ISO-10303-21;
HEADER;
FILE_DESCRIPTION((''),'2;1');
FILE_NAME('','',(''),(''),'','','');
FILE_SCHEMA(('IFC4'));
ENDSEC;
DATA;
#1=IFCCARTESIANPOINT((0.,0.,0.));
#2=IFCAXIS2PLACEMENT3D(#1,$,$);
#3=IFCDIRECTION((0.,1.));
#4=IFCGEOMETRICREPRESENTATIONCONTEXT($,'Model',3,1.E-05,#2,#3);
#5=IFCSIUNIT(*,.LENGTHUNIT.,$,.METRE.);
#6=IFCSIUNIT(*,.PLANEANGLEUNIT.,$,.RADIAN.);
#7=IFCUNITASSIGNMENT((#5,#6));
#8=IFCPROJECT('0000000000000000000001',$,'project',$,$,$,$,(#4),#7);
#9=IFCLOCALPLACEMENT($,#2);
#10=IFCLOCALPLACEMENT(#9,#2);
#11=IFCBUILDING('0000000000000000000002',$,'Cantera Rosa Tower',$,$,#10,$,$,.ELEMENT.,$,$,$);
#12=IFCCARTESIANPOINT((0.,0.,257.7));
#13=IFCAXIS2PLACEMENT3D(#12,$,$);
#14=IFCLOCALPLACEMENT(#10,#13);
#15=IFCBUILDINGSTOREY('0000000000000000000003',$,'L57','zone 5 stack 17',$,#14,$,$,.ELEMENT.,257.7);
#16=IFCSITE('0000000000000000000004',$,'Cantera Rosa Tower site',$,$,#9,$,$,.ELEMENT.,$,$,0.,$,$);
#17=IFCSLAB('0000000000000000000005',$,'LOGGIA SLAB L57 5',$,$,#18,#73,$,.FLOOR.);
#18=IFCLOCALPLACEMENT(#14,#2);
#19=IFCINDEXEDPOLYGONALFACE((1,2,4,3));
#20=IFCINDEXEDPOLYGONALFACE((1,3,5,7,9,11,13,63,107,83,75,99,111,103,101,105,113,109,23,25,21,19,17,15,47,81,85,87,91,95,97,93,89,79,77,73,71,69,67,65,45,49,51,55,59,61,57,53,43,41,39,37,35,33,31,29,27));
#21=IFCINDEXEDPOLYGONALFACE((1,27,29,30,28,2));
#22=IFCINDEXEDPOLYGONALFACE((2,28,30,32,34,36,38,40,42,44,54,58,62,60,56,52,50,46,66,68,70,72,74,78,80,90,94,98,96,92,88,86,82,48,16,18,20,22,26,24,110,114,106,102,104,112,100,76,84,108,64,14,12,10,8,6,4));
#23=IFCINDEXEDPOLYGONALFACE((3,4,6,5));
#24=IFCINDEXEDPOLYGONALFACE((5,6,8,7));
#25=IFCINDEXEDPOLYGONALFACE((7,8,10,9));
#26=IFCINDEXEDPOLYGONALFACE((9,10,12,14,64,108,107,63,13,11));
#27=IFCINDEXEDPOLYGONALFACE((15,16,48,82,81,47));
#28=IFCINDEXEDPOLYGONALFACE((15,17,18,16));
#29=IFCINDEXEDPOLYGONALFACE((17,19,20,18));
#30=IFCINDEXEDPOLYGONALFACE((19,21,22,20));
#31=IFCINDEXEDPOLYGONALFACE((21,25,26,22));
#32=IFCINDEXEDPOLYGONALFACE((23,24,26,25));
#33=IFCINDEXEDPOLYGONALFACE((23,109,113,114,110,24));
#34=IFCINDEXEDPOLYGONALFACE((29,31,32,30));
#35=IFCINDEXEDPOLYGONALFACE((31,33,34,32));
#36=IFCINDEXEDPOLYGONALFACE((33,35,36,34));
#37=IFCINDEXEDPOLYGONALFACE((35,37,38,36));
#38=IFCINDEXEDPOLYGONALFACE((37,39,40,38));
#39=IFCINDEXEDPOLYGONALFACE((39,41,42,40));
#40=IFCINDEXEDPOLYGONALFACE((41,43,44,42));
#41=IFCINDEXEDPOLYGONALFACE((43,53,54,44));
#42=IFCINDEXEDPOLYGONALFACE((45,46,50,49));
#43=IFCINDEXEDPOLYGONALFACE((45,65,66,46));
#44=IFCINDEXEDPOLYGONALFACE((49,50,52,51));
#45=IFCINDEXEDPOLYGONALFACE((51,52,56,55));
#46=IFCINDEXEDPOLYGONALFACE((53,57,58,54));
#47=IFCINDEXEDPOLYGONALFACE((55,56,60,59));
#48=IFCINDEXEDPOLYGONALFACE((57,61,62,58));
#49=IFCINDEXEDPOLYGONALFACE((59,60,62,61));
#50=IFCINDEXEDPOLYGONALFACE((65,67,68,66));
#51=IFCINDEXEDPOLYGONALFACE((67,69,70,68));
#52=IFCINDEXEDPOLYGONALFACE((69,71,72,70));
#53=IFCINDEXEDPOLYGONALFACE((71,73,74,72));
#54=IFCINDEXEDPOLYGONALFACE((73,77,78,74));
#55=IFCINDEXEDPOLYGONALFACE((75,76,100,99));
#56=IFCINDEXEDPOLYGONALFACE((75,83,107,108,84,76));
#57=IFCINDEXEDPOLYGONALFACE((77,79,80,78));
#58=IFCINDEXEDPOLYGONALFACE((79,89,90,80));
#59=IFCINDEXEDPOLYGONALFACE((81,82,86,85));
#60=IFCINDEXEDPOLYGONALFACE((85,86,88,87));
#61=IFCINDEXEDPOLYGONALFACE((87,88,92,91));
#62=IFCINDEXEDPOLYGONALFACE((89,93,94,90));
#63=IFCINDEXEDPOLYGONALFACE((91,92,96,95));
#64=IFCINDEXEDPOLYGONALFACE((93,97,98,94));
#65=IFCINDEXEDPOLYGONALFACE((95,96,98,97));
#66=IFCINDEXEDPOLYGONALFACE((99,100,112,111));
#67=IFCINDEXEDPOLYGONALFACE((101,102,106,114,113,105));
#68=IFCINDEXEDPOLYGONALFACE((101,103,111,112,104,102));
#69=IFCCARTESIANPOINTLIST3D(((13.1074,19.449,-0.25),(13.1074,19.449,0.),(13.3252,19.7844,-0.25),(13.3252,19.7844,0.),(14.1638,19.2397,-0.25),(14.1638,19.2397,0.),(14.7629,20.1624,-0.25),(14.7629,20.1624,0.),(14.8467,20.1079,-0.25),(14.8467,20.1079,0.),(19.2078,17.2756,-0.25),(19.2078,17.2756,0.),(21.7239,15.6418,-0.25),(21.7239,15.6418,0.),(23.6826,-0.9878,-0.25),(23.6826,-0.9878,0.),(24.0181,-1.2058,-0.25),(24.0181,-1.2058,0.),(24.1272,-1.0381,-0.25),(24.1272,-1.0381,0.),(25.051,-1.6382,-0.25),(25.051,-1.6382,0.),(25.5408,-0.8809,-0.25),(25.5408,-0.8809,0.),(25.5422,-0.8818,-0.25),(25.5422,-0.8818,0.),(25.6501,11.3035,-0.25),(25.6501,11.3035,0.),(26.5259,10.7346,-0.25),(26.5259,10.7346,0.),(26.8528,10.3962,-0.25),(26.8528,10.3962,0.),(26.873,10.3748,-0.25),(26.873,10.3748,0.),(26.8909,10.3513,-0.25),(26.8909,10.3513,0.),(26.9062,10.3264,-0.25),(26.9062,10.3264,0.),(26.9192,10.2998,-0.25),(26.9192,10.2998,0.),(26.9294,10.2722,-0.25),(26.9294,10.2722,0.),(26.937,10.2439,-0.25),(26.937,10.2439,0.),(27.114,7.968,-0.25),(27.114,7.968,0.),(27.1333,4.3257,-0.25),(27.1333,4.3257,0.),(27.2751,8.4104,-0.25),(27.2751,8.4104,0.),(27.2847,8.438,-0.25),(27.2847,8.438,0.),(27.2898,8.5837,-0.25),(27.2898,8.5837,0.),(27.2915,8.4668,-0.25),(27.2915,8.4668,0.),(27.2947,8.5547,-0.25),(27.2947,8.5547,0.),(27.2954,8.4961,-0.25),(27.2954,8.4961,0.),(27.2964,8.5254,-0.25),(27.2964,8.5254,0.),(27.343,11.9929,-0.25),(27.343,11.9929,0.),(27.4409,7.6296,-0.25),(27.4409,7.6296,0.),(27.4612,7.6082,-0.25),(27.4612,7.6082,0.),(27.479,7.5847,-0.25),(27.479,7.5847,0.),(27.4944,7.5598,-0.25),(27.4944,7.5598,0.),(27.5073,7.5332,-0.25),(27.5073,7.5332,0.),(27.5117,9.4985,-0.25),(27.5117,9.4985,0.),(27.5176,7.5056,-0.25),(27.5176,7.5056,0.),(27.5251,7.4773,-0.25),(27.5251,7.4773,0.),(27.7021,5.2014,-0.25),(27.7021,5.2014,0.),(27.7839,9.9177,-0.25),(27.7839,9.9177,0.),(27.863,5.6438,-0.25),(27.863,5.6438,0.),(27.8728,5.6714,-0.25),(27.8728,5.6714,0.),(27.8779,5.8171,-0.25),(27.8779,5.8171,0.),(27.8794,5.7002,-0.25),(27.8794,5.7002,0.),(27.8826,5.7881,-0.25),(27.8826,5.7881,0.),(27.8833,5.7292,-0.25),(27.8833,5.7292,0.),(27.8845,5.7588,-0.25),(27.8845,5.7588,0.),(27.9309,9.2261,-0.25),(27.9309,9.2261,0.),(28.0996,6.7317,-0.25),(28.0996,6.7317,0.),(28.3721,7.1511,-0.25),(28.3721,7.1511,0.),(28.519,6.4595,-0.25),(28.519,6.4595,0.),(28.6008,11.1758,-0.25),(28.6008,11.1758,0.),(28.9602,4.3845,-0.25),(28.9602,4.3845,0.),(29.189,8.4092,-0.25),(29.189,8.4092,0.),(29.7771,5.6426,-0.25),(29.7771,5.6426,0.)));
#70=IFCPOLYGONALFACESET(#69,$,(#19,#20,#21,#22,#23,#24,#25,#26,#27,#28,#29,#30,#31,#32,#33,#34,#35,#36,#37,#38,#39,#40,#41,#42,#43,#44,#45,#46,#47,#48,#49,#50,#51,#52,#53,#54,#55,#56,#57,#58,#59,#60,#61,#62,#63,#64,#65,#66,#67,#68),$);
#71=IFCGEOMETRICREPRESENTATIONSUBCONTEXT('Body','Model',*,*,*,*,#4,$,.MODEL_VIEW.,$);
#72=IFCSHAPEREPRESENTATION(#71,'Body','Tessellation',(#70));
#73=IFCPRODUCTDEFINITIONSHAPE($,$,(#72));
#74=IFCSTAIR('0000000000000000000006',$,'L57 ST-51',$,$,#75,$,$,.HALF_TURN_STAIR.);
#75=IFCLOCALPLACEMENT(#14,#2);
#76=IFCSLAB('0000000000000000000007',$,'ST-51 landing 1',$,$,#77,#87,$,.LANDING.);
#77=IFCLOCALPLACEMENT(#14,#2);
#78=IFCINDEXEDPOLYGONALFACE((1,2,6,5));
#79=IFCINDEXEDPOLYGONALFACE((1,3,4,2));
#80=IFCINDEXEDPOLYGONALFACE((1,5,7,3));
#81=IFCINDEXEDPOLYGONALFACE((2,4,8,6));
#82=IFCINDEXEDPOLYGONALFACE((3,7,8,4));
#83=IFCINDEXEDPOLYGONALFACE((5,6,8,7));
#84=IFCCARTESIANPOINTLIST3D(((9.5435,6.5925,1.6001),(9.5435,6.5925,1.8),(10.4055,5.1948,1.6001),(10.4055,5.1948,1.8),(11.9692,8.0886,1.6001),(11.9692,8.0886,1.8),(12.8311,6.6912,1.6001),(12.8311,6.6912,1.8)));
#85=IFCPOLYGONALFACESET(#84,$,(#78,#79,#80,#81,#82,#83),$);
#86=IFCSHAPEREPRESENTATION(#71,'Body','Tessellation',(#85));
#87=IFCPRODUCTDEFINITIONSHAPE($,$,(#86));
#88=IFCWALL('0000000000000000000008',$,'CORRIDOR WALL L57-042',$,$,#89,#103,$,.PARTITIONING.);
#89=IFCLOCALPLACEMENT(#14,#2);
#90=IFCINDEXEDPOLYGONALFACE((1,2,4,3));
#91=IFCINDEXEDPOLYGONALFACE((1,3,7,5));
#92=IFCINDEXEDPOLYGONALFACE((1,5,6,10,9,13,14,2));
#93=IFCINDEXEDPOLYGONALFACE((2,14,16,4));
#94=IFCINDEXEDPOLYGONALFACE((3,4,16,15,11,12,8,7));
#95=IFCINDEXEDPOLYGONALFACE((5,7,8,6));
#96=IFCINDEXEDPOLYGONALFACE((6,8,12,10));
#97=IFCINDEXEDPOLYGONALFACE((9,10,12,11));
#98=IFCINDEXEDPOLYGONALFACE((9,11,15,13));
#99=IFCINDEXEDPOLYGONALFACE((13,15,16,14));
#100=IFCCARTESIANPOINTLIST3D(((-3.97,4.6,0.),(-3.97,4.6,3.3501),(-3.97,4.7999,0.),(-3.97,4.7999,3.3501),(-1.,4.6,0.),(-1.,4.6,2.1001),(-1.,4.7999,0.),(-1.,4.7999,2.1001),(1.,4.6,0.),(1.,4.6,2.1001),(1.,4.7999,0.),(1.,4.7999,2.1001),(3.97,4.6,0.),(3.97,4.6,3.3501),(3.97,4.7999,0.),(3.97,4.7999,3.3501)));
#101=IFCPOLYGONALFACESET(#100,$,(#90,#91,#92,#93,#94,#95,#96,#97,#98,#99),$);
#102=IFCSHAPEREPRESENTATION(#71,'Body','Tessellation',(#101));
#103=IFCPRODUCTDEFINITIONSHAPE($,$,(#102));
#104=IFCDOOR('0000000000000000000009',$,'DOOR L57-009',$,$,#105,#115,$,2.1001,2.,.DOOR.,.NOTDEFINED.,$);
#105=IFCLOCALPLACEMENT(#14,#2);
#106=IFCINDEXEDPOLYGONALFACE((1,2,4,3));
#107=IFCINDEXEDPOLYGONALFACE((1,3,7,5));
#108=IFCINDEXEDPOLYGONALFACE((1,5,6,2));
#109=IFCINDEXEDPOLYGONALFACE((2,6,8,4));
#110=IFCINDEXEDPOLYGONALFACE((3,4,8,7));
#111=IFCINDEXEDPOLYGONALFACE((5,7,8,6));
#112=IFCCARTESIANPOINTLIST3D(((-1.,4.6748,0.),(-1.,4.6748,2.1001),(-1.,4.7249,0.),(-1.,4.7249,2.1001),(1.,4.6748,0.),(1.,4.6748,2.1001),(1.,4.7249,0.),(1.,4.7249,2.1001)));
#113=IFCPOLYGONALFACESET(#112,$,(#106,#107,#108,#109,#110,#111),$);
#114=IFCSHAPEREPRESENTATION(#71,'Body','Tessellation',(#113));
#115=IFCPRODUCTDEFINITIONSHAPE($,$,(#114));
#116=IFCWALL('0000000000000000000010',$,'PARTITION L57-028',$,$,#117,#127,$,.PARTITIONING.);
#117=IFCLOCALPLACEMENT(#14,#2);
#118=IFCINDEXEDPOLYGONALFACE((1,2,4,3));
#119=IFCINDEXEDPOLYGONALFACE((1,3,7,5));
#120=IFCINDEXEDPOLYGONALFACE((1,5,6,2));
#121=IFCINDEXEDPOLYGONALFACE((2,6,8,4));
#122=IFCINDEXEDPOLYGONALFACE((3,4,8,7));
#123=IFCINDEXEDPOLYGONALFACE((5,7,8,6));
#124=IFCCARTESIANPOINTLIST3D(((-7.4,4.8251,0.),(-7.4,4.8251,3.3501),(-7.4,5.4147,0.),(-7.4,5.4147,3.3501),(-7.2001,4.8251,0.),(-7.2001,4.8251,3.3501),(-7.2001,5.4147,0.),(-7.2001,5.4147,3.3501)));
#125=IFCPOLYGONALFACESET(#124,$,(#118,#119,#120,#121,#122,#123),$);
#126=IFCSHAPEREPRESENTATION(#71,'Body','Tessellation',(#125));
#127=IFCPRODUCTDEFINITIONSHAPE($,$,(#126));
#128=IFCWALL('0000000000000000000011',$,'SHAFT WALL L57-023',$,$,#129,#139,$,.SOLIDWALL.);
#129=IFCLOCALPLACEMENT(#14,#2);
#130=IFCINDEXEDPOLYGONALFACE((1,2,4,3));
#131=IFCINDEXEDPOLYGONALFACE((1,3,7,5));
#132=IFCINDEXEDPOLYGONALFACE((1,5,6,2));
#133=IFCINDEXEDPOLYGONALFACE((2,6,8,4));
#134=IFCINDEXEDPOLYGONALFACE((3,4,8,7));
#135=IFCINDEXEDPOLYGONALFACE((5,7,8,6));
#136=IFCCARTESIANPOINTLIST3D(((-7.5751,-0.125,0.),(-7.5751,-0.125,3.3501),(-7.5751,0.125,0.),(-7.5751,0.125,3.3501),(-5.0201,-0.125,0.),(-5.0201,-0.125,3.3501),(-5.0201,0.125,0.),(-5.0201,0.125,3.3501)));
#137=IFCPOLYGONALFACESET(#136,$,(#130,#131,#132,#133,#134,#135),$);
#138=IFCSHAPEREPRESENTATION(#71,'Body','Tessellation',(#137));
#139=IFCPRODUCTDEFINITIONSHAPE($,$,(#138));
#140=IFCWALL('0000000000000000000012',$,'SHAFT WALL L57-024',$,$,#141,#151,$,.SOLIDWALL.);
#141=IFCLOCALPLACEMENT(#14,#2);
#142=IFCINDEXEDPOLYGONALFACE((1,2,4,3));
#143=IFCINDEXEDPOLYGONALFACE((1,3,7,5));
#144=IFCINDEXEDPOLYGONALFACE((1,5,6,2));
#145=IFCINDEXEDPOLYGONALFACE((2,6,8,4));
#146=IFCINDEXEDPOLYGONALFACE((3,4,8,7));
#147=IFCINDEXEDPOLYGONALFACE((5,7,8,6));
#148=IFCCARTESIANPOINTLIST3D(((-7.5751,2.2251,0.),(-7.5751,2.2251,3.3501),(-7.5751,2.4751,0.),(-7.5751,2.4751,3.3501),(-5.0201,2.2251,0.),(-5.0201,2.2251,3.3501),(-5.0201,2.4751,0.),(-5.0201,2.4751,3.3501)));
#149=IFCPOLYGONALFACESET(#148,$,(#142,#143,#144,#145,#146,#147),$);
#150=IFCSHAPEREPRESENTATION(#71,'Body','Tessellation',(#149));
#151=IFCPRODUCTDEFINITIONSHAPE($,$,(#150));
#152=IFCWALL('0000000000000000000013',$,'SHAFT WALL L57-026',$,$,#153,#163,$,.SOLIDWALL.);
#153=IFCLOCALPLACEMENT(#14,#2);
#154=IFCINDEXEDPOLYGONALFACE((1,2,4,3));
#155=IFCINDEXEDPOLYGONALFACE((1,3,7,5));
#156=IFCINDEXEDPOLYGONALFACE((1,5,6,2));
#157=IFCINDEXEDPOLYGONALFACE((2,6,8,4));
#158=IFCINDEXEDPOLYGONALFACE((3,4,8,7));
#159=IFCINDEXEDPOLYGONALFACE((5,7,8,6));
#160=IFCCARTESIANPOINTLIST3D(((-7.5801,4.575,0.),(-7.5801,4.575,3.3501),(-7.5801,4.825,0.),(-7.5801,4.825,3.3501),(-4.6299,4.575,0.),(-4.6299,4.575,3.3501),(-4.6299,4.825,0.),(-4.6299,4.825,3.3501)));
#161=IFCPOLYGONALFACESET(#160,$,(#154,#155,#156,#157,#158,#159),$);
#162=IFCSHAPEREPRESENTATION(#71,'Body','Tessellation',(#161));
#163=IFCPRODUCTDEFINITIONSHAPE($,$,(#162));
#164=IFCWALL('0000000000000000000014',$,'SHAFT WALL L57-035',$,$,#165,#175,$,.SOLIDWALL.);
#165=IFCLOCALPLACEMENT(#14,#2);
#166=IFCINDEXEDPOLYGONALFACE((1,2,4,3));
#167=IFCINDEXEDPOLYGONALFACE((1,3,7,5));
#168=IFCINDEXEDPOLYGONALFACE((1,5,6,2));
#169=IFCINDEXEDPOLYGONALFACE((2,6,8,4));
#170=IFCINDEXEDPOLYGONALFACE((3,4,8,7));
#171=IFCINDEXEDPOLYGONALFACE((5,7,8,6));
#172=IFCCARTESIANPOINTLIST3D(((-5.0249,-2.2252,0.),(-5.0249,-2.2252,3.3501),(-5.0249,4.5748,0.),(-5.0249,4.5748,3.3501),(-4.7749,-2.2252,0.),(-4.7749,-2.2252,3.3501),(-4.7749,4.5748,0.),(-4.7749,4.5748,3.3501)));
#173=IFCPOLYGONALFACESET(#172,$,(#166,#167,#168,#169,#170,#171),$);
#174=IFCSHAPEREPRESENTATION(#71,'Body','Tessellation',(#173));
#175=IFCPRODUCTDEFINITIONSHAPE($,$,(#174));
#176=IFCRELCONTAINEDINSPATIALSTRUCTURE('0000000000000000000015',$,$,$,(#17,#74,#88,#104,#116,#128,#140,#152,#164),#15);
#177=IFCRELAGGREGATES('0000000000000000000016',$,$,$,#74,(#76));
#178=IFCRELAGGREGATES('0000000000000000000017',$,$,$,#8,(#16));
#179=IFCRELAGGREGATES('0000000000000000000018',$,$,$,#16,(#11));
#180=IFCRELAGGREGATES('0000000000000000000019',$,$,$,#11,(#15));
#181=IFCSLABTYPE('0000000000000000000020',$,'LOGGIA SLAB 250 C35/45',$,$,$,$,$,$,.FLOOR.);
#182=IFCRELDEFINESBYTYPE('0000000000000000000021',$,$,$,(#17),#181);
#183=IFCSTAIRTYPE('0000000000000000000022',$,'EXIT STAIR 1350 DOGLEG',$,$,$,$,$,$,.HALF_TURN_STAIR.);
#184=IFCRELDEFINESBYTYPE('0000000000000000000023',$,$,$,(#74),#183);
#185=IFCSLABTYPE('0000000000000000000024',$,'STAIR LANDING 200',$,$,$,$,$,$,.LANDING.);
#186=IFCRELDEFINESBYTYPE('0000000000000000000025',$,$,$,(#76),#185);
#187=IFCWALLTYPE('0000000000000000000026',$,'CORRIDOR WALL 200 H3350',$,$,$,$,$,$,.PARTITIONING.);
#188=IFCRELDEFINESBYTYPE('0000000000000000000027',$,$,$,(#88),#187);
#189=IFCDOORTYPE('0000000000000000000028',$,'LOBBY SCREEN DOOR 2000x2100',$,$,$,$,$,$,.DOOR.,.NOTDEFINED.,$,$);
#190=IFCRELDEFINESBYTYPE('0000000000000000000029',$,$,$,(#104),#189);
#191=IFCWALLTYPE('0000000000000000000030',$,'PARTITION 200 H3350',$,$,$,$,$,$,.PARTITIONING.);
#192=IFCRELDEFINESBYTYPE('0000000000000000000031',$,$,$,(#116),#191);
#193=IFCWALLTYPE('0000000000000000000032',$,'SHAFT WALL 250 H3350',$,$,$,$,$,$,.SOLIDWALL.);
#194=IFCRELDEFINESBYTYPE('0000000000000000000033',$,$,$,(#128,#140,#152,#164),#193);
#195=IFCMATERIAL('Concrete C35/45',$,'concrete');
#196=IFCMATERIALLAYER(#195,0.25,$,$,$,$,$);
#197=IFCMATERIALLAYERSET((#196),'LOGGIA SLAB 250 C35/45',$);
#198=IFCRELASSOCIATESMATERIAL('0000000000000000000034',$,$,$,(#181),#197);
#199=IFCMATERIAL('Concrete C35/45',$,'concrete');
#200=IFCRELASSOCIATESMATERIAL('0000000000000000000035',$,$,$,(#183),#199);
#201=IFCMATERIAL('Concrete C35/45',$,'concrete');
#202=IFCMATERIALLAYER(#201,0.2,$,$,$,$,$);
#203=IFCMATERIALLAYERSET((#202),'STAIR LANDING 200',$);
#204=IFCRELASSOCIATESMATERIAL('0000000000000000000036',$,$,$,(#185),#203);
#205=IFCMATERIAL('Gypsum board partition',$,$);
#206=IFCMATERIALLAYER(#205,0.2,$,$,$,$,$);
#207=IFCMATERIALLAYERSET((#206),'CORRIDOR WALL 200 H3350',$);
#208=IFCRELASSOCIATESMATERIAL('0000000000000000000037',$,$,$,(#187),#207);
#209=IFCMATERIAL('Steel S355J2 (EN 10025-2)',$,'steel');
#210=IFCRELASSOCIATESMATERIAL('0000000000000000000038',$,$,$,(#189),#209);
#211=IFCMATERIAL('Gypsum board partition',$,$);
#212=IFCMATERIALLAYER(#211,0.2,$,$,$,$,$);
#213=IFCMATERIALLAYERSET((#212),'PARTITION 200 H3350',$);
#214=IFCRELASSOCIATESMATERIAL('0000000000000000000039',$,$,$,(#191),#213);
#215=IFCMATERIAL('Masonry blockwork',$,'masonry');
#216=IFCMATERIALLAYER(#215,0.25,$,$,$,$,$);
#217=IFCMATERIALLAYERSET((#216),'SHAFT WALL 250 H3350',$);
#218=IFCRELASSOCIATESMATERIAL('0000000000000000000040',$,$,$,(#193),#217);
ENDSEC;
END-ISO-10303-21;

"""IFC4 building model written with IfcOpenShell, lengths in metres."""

from ifc_helpers import new_model, si_unit, direction, frame, frame_2d, origin, place, context, subcontext, project, spatial, polyline, rectangle, outline, extrude, material, layer, layer_set, type_object, element, fill, aggregate, save


model = new_model("IFC4")

# Units and contexts
model_context = context("Model", 3, precision=1e-05, world=origin(), true_north=direction((0.0, 1.0)))
body_context = subcontext(model_context, "Body", "Model", "MODEL_VIEW")
ifc_project = project(units=[si_unit("LENGTHUNIT", "METRE"), si_unit("PLANEANGLEUNIT", "RADIAN")], contexts=[model_context])

# Site, building, storey
site_placement = place(None, origin())
site = spatial("IfcSite", under=ifc_project, at=site_placement, Name="Cantera Rosa Tower site", CompositionType="ELEMENT", RefElevation=0.0)
building_placement = place(site_placement, origin())
building = spatial("IfcBuilding", under=site, at=building_placement, Name="Cantera Rosa Tower", CompositionType="ELEMENT")
storey_placement = place(building_placement, frame((0.0, 0.0, 257.7)))
storey = spatial("IfcBuildingStorey", under=building, at=storey_placement, Name="L57", Description="zone 5 stack 17", CompositionType="ELEMENT", Elevation=257.7)

# Slab
ifc_material_1 = material(Name="Concrete C35/45", Category="concrete")
ifc_layer_1 = layer(ifc_material_1, 0.25)
ifc_layer_set_1 = layer_set([ifc_layer_1], Name="LOGGIA SLAB 250 C35/45")
slab_type_1 = type_object("IfcSlabType", Name="LOGGIA SLAB 250 C35/45", PredefinedType="FLOOR", material=ifc_layer_set_1)
slab_1_placement = place(storey_placement, frame((0.0, 0.0, -0.25)))
element("IfcSlab", 1, at=slab_1_placement, inside=storey, type_object=slab_type_1, Name="LOGGIA SLAB L57 5", PredefinedType="FLOOR", context=body_context, shape_type="SweptSolid", body=[
    extrude(outline(polyline([(21.7239, 15.6418), (27.343, 11.9929), (28.6008, 11.1758), (27.7839, 9.9177), (27.5117, 9.4985), (27.9309, 9.2261), (29.189, 8.4092), (28.3721, 7.1511), (28.0996, 6.7317), (28.519, 6.4595), (29.7771, 5.6426), (28.9602, 4.3845), (25.5408, -0.8809), (25.5422, -0.8818), (25.051, -1.6382), (24.1272, -1.0381), (24.0181, -1.2058), (23.6826, -0.9878), (27.1333, 4.3257), (27.7021, 5.2014), (27.863, 5.6438), (27.8728, 5.6714), (27.8794, 5.7002), (27.8833, 5.7292), (27.8845, 5.7588), (27.8826, 5.7881), (27.8779, 5.8171), (27.5251, 7.4773), (27.5176, 7.5056), (27.5073, 7.5332), (27.4944, 7.5598), (27.479, 7.5847), (27.4612, 7.6082), (27.4409, 7.6296), (27.114, 7.968), (27.2751, 8.4104), (27.2847, 8.438), (27.2915, 8.4668), (27.2954, 8.4961), (27.2964, 8.5254), (27.2947, 8.5547), (27.2898, 8.5837), (26.937, 10.2439), (26.9294, 10.2722), (26.9192, 10.2998), (26.9062, 10.3264), (26.8909, 10.3513), (26.873, 10.3748), (26.8528, 10.3962), (26.5259, 10.7346), (25.6501, 11.3035), (13.1074, 19.449), (13.3252, 19.7844), (14.1638, 19.2397), (14.7629, 20.1624), (14.8467, 20.1079), (19.2078, 17.2756), (21.7239, 15.6418)])), origin(), (0.0, 0.0, 1.0), 0.25),
])

# Stair, slab
ifc_material_2 = material(Name="Concrete C35/45", Category="concrete")
stair_type = type_object("IfcStairType", Name="EXIT STAIR 1350 DOGLEG", PredefinedType="HALF_TURN_STAIR", material=ifc_material_2)
stair_placement = place(storey_placement, origin())
stair = element("IfcStair", 2, at=stair_placement, inside=storey, type_object=stair_type, Name="L57 ST-51", PredefinedType="HALF_TURN_STAIR")
ifc_material_3 = material(Name="Concrete C35/45", Category="concrete")
ifc_layer_2 = layer(ifc_material_3, 0.2)
ifc_layer_set_2 = layer_set([ifc_layer_2], Name="STAIR LANDING 200")
slab_type_2 = type_object("IfcSlabType", Name="STAIR LANDING 200", PredefinedType="LANDING", material=ifc_layer_set_2)
slab_2_placement = place(storey_placement, frame((0.0, 0.0, 1.6001)))
slab_2 = element("IfcSlab", 3, at=slab_2_placement, type_object=slab_type_2, Name="ST-51 landing 1", PredefinedType="LANDING", context=body_context, shape_type="SweptSolid", body=[
    extrude(outline(polyline([(12.8311, 6.6912), (11.9692, 8.0886), (9.5435, 6.5925), (10.4055, 5.1948), (12.8311, 6.6912)])), origin(), (0.0, 0.0, 1.0), 0.2),
])
aggregate(stair, [slab_2])

# Wall, opening, door
ifc_material_4 = material(Name="Gypsum board partition")
ifc_layer_3 = layer(ifc_material_4, 0.2)
ifc_layer_set_3 = layer_set([ifc_layer_3], Name="CORRIDOR WALL 200 H3350")
wall_type_1 = type_object("IfcWallType", Name="CORRIDOR WALL 200 H3350", PredefinedType="PARTITIONING", material=ifc_layer_set_3)
wall_1_placement = place(storey_placement, frame((-3.97, 4.7, 0.0), z_axis=(0.0, 0.0, 1.0), x_axis=(1.0, 0.0, 0.0)))
wall_1 = element("IfcWall", 4, at=wall_1_placement, inside=storey, type_object=wall_type_1, Name="CORRIDOR WALL L57-042", PredefinedType="PARTITIONING", context=body_context, shape_type="SweptSolid", body=[
    extrude(rectangle(XDim=7.9399, YDim=0.2, at=frame_2d((3.97, 0.0))), origin(), (0.0, 0.0, 1.0), 3.3501),
])
opening_placement = place(wall_1_placement, frame((2.97, 0.0, 0.0)))
opening = element("IfcOpeningElement", 5, at=opening_placement, cuts=wall_1, PredefinedType="OPENING", context=body_context, shape_type="SweptSolid", body=[
    extrude(rectangle(XDim=2.0, YDim=2.1001, at=frame_2d((1.0, 1.05))), frame((0.0, 0.1099, 0.0), z_axis=(0.0, -1.0, 0.0), x_axis=(1.0, 0.0, 0.0)), (0.0, 0.0, 1.0), 0.22),
])
ifc_material_5 = material(Name="Steel S355J2 (EN 10025-2)", Category="steel")
door_type = type_object("IfcDoorType", Name="LOBBY SCREEN DOOR 2000x2100", OperationType="NOTDEFINED", PredefinedType="DOOR", material=ifc_material_5)
door_placement = place(opening_placement, origin())
door = element("IfcDoor", 6, at=door_placement, inside=storey, type_object=door_type, Name="DOOR L57-009", OperationType="NOTDEFINED", OverallHeight=2.1001, OverallWidth=2.0, PredefinedType="DOOR", context=body_context, shape_type="SweptSolid", body=[
    extrude(rectangle(XDim=2.0, YDim=2.1001, at=frame_2d((1.0, 1.05))), frame((0.0, 0.0249, 0.0), z_axis=(0.0, -1.0, 0.0), x_axis=(1.0, 0.0, 0.0)), (0.0, 0.0, 1.0), 0.05),
])
fill(opening, door)

# Walls
ifc_material_6 = material(Name="Gypsum board partition")
ifc_layer_4 = layer(ifc_material_6, 0.2)
ifc_layer_set_4 = layer_set([ifc_layer_4], Name="PARTITION 200 H3350")
wall_type_2 = type_object("IfcWallType", Name="PARTITION 200 H3350", PredefinedType="PARTITIONING", material=ifc_layer_set_4)
wall_2_placement = place(storey_placement, frame((-7.3, 4.825, 0.0), z_axis=(0.0, 0.0, 1.0), x_axis=(0.0, 1.0, 0.0)))
element("IfcWall", 7, at=wall_2_placement, inside=storey, type_object=wall_type_2, Name="PARTITION L57-028", PredefinedType="PARTITIONING", context=body_context, shape_type="SweptSolid", body=[
    extrude(rectangle(XDim=0.5896, YDim=0.2, at=frame_2d((0.2949, 0.0))), origin(), (0.0, 0.0, 1.0), 3.3501),
])
ifc_material_7 = material(Name="Masonry blockwork", Category="masonry")
ifc_layer_5 = layer(ifc_material_7, 0.25)
ifc_layer_set_5 = layer_set([ifc_layer_5], Name="SHAFT WALL 250 H3350")
wall_type_3 = type_object("IfcWallType", Name="SHAFT WALL 250 H3350", PredefinedType="SOLIDWALL", material=ifc_layer_set_5)
for number, where, z_axis, x_axis, name in (
    (8, (-7.575, 0.0, 0.0), (0.0, 0.0, 1.0), (1.0, 0.0, 0.0), "SHAFT WALL L57-023"),
    (9, (-7.575, 2.3501, 0.0), (0.0, 0.0, 1.0), (1.0, 0.0, 0.0), "SHAFT WALL L57-024"),
):
    element("IfcWall", number, at=place(storey_placement, frame(where, z_axis=z_axis, x_axis=x_axis)), inside=storey, type_object=wall_type_3, Name=name, PredefinedType="SOLIDWALL", context=body_context, shape_type="SweptSolid", body=[
        extrude(rectangle(XDim=2.5549, YDim=0.25, at=frame_2d((1.2773, 0.0))), origin(), (0.0, 0.0, 1.0), 3.3501),
    ])
wall_3_placement = place(storey_placement, frame((-7.5801, 4.7, 0.0), z_axis=(0.0, 0.0, 1.0), x_axis=(1.0, 0.0, 0.0)))
element("IfcWall", 10, at=wall_3_placement, inside=storey, type_object=wall_type_3, Name="SHAFT WALL L57-026", PredefinedType="SOLIDWALL", context=body_context, shape_type="SweptSolid", body=[
    extrude(rectangle(XDim=2.9502, YDim=0.25, at=frame_2d((1.4751, 0.0))), origin(), (0.0, 0.0, 1.0), 3.3501),
])
wall_4_placement = place(storey_placement, frame((-4.8999, -2.2251, 0.0), z_axis=(0.0, 0.0, 1.0), x_axis=(0.0, 1.0, 0.0)))
element("IfcWall", 11, at=wall_4_placement, inside=storey, type_object=wall_type_3, Name="SHAFT WALL L57-035", PredefinedType="SOLIDWALL", context=body_context, shape_type="SweptSolid", body=[
    extrude(rectangle(XDim=6.8, YDim=0.25, at=frame_2d((3.3999, 0.0))), origin(), (0.0, 0.0, 1.0), 3.3501),
])

save(model, "model.ifc")
